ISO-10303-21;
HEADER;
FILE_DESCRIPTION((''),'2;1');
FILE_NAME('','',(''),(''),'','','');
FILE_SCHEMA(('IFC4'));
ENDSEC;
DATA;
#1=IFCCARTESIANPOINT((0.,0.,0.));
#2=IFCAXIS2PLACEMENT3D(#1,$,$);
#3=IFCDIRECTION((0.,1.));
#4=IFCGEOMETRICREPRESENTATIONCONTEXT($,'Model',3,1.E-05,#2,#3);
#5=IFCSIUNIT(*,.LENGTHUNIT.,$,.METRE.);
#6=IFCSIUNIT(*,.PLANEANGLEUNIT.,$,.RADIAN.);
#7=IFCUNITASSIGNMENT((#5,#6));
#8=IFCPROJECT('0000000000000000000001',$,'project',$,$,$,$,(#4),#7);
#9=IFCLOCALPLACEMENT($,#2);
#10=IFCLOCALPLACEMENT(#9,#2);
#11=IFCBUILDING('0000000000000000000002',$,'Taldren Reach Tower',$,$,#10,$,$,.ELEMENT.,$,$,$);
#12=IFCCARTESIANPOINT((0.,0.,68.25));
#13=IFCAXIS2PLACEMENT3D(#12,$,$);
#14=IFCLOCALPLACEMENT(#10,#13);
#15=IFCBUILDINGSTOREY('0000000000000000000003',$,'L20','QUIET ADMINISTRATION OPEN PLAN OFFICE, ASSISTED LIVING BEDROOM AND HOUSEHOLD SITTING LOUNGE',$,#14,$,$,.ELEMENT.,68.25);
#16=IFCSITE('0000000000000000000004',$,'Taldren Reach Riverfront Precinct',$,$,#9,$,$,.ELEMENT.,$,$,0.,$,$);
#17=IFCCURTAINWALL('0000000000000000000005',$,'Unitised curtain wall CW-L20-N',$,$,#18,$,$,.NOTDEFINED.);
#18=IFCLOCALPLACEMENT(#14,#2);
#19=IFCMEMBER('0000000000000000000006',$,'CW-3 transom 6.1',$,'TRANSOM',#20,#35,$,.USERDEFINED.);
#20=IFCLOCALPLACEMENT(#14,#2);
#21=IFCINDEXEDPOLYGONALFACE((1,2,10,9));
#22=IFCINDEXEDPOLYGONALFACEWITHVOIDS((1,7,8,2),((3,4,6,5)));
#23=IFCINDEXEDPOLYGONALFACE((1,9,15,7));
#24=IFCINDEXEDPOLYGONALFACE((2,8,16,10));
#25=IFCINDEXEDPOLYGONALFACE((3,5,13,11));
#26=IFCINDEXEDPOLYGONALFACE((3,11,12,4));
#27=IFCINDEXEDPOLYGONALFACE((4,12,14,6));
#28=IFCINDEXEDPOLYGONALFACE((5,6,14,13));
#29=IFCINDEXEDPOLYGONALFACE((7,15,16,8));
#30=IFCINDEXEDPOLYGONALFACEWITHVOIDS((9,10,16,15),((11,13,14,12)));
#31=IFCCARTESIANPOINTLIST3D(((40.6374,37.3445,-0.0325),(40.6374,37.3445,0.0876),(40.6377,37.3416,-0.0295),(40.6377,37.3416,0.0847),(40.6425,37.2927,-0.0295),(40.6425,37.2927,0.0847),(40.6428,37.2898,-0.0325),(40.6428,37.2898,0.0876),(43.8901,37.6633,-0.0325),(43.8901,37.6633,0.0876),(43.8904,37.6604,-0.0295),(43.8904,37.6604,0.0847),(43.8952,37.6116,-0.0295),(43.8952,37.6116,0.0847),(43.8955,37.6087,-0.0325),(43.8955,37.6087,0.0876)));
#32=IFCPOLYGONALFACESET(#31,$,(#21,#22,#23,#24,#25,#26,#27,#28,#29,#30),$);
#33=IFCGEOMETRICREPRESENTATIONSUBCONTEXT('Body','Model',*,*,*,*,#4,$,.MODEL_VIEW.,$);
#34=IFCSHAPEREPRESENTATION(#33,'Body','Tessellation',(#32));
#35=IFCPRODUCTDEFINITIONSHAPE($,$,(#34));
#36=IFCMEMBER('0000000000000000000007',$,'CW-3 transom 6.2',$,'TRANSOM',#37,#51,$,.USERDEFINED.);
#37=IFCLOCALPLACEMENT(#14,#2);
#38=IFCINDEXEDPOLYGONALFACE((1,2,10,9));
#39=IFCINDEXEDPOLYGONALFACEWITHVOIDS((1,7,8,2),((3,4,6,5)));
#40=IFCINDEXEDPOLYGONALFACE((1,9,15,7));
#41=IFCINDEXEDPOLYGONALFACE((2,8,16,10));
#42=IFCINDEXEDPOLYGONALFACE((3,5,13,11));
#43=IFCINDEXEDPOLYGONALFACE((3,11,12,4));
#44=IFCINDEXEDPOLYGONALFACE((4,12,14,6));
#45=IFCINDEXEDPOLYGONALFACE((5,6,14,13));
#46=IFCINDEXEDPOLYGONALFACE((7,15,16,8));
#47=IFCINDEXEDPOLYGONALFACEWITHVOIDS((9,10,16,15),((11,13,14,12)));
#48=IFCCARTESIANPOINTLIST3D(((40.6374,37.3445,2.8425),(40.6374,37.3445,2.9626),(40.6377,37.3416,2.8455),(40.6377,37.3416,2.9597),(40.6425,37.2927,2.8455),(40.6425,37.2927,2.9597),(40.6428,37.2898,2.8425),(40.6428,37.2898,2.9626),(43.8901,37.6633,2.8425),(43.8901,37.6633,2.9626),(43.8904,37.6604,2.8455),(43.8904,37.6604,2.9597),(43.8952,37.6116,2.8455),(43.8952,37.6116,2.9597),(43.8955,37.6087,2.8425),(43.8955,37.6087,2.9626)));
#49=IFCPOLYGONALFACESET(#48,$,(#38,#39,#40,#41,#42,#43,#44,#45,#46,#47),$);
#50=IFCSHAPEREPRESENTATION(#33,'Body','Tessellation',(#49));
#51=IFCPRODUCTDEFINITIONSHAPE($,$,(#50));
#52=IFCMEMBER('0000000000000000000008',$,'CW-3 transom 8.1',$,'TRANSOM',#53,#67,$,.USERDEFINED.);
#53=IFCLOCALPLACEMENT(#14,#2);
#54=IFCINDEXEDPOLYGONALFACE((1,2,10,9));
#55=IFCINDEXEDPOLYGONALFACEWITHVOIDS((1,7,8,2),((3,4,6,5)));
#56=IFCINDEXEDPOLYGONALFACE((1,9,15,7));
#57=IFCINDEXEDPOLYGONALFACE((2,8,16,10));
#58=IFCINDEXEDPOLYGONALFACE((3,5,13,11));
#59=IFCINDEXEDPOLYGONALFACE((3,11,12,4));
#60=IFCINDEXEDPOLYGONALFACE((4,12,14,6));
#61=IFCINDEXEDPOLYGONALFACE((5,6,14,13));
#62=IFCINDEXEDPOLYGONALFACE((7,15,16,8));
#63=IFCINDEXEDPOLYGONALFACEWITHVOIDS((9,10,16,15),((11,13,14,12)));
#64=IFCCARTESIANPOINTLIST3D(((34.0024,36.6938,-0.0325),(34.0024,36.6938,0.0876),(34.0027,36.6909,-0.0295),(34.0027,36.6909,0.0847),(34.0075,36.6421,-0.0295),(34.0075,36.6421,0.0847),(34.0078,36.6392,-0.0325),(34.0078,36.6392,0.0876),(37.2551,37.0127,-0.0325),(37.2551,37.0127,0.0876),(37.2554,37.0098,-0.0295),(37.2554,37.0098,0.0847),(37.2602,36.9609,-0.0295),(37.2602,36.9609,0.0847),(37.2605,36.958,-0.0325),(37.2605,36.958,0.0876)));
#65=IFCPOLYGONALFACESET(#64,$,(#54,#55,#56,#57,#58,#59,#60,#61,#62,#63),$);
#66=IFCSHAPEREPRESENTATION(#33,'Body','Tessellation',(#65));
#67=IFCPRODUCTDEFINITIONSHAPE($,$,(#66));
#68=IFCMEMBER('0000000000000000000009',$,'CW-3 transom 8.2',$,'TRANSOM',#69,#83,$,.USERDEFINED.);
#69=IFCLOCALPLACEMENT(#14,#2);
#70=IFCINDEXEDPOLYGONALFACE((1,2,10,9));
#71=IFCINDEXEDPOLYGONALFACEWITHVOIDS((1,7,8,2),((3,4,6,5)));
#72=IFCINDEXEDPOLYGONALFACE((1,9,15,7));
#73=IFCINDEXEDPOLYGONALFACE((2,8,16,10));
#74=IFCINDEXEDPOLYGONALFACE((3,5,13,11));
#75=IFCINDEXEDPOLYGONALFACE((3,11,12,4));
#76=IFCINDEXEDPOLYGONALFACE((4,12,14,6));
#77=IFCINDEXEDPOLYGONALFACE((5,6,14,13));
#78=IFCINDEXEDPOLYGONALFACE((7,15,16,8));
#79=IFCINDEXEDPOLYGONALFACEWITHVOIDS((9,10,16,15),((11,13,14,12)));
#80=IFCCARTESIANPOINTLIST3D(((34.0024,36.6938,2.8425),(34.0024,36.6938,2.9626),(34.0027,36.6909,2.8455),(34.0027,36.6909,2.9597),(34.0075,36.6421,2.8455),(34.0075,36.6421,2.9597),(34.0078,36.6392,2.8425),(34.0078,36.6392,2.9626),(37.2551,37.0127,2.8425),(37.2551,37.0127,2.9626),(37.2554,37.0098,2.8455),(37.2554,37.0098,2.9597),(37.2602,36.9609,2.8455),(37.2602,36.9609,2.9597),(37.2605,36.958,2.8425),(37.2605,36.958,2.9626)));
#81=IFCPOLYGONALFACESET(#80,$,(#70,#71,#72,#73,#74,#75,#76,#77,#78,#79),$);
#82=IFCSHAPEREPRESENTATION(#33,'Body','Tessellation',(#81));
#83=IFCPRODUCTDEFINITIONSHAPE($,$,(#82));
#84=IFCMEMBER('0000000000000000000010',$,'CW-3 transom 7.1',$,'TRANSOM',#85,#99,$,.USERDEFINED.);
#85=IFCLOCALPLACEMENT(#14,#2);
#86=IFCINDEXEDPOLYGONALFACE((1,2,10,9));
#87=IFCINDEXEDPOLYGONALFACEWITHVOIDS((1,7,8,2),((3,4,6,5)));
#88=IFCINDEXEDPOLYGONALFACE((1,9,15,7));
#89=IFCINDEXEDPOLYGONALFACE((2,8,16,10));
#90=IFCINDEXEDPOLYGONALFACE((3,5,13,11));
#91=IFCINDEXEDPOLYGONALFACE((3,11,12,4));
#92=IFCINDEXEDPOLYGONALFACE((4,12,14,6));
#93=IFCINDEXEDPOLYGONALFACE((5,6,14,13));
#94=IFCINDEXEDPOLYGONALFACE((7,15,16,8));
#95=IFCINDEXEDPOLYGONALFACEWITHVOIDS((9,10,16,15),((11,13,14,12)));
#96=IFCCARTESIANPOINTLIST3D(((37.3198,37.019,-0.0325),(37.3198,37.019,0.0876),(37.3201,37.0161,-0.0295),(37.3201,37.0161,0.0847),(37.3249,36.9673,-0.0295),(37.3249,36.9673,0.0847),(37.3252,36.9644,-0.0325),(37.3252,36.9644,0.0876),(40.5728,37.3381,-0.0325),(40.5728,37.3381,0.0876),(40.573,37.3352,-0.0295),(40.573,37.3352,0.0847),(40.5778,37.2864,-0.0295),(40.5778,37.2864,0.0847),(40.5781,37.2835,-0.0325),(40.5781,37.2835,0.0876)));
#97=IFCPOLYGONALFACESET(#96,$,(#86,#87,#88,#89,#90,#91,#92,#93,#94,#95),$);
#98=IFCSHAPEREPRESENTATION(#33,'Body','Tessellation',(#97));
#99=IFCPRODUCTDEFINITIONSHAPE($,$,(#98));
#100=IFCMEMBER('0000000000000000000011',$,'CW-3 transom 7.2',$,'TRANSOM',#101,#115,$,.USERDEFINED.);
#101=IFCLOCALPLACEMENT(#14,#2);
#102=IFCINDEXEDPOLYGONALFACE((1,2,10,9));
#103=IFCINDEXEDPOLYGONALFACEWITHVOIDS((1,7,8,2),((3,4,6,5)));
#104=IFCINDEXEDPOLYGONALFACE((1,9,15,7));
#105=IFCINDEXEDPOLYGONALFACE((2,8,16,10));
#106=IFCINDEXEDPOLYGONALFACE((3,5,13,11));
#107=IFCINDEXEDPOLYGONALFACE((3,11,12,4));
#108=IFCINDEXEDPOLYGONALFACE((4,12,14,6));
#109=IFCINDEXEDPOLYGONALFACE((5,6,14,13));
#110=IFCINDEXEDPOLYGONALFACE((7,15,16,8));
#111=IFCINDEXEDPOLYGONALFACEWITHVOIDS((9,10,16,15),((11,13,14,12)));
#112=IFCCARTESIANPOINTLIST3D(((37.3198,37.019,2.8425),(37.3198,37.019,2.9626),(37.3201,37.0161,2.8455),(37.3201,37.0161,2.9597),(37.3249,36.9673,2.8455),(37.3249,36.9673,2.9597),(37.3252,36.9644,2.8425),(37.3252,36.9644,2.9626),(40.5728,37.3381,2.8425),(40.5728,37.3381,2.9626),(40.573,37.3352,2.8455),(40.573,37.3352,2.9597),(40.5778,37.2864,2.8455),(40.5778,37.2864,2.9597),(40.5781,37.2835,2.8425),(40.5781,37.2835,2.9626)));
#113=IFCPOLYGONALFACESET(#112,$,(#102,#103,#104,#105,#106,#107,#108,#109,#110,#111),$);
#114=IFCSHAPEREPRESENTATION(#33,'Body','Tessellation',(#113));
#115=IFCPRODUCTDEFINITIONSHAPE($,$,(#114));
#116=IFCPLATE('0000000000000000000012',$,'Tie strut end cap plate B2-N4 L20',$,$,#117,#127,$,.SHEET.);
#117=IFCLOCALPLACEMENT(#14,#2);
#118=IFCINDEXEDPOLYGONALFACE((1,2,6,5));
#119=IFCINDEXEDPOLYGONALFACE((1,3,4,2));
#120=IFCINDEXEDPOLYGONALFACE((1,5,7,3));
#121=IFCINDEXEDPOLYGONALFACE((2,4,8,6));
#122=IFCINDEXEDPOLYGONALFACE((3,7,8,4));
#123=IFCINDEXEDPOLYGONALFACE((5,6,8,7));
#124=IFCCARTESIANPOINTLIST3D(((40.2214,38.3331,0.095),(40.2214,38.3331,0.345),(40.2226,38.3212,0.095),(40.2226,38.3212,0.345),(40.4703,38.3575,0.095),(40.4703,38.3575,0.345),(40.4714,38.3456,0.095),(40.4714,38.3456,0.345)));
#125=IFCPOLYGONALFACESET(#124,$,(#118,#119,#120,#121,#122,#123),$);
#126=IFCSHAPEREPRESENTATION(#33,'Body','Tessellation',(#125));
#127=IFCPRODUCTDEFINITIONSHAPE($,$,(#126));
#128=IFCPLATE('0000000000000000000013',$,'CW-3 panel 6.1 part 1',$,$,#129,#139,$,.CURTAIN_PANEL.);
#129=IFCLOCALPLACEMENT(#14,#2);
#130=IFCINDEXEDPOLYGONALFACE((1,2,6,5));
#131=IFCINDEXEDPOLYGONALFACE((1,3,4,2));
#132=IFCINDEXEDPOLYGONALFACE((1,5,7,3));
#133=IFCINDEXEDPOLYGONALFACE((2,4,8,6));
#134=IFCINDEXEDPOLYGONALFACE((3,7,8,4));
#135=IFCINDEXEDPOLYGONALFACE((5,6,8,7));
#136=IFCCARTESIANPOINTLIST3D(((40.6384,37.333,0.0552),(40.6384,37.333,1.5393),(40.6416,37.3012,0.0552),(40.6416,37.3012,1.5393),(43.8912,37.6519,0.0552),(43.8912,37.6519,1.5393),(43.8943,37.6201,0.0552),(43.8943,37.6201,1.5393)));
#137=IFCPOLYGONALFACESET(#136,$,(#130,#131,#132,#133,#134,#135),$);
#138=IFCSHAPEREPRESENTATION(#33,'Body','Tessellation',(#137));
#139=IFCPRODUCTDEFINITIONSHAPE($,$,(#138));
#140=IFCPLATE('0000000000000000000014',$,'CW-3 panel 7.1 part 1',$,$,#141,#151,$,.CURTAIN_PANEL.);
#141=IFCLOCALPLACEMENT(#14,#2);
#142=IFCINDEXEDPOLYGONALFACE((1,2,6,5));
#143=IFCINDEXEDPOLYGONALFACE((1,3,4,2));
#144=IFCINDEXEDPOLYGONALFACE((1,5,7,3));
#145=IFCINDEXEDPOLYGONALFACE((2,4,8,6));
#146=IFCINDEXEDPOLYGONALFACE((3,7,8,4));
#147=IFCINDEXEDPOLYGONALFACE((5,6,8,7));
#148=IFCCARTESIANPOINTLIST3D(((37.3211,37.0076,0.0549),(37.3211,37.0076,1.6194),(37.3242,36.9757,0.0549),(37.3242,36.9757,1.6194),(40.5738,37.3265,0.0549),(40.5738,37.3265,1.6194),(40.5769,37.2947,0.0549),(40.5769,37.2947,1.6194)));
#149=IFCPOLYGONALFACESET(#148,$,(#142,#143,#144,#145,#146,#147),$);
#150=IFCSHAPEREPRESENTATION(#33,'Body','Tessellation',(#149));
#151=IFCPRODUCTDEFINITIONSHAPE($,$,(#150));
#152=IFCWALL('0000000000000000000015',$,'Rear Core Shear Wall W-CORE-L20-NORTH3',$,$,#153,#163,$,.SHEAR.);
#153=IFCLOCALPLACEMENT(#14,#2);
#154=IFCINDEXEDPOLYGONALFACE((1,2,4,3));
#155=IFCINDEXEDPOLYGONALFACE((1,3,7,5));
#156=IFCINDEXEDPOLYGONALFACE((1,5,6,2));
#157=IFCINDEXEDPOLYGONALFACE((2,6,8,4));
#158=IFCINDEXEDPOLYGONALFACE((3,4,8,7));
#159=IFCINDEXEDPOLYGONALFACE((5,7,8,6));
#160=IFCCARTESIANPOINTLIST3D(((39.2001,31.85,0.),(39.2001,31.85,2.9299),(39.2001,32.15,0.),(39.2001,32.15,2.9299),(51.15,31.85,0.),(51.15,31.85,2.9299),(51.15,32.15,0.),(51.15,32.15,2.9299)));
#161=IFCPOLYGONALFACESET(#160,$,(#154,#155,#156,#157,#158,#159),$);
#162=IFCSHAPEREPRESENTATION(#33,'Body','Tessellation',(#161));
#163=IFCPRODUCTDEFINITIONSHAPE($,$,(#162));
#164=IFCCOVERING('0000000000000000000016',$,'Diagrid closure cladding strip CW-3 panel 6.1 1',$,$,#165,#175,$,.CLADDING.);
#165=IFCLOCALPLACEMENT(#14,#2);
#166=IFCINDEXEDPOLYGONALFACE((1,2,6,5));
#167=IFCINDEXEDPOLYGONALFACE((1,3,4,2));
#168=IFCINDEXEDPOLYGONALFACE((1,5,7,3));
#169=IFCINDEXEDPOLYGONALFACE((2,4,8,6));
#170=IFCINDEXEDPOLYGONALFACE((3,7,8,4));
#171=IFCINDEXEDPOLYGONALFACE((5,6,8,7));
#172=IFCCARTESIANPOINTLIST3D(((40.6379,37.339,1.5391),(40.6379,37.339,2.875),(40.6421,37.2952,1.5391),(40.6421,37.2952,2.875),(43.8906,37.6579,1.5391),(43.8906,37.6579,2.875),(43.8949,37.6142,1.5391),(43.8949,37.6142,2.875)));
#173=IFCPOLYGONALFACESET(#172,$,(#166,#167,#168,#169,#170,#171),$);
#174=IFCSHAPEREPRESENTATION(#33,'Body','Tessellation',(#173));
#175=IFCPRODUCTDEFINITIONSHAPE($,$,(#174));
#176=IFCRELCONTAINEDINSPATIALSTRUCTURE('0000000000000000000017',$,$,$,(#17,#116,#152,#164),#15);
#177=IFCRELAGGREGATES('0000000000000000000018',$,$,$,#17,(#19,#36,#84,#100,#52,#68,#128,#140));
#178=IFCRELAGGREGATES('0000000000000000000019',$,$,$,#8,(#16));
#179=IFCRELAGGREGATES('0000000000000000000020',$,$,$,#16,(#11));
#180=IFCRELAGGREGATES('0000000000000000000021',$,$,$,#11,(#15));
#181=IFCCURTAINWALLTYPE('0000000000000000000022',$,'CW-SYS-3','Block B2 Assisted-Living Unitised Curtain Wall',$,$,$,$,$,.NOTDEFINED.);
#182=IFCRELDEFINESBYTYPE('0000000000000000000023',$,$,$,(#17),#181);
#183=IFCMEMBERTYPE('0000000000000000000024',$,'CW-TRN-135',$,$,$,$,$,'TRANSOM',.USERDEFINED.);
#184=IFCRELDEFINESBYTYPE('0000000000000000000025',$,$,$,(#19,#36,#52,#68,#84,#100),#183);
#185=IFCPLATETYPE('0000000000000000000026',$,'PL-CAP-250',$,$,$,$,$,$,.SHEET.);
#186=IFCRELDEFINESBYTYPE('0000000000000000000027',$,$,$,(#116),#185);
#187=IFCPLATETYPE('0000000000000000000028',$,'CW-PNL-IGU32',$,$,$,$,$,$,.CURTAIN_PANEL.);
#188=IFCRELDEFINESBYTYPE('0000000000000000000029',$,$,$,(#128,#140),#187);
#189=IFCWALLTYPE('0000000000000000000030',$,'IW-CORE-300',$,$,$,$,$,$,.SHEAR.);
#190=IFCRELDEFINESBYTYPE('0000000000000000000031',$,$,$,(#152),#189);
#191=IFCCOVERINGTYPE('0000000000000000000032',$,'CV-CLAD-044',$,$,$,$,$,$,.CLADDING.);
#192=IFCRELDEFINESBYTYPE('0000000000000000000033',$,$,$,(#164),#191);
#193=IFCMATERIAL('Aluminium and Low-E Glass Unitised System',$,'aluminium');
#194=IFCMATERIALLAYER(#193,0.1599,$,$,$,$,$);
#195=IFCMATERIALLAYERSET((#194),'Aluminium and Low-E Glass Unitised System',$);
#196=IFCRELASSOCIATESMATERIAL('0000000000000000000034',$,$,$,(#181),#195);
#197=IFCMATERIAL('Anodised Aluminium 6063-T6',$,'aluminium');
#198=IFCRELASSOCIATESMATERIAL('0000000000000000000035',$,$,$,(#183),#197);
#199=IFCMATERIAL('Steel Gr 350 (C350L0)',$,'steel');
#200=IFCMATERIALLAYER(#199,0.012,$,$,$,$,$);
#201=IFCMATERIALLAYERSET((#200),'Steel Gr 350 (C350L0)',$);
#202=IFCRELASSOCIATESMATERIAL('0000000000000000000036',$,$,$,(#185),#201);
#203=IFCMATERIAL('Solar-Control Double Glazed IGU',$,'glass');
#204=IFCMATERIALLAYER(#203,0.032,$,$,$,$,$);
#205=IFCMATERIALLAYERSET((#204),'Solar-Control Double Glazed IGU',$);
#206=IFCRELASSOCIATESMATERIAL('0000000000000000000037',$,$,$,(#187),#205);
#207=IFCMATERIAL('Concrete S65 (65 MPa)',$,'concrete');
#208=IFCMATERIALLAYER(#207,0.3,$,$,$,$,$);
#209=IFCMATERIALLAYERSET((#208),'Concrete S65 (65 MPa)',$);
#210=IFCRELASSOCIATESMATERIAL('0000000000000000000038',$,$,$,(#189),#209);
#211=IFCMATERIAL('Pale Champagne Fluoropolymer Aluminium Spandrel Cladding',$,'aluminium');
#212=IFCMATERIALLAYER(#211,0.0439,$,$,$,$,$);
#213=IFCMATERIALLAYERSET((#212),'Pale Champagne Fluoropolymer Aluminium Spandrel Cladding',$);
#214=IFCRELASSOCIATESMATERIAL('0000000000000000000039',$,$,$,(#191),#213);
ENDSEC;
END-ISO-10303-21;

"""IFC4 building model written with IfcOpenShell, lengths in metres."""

from ifc_helpers import new_model, si_unit, direction, frame, frame_2d, origin, origin_2d, place, context, subcontext, project, spatial, rectangle, hollow_rectangle, extrude, source, transform, mapped, material, layer, layer_set, material_profile, profile_set, type_object, element, aggregate, save


model = new_model("IFC4")

# Units and contexts
model_context = context("Model", 3, precision=1e-05, world=origin(), true_north=direction((0.0, 1.0)))
body_context = subcontext(model_context, "Body", "Model", "MODEL_VIEW")
ifc_project = project(units=[si_unit("LENGTHUNIT", "METRE"), si_unit("PLANEANGLEUNIT", "RADIAN")], contexts=[model_context])

# Site, building, storey
site_placement = place(None, origin())
site = spatial("IfcSite", under=ifc_project, at=site_placement, Name="Taldren Reach Riverfront Precinct", CompositionType="ELEMENT", RefElevation=0.0)
building_placement = place(site_placement, origin())
building = spatial("IfcBuilding", under=site, at=building_placement, Name="Taldren Reach Tower", CompositionType="ELEMENT")
storey_placement = place(building_placement, frame((0.0, 0.0, 68.25)))
storey = spatial("IfcBuildingStorey", under=building, at=storey_placement, Name="L20", Description="QUIET ADMINISTRATION OPEN PLAN OFFICE, ASSISTED LIVING BEDROOM AND HOUSEHOLD SITTING LOUNGE", CompositionType="ELEMENT", Elevation=68.25)

# Shared definitions
ifc_material_1 = material(Name="Steel Gr 350 (C350L0)", Category="steel")

# Curtain wall, members
ifc_material_2 = material(Name="Aluminium and Low-E Glass Unitised System", Category="aluminium")
ifc_layer_1 = layer(ifc_material_2, 0.1599)
ifc_layer_set_1 = layer_set([ifc_layer_1], Name="Aluminium and Low-E Glass Unitised System")
curtain_wall_type = type_object("IfcCurtainWallType", Name="CW-SYS-3", Description="Block B2 Assisted-Living Unitised Curtain Wall", PredefinedType="NOTDEFINED", material=ifc_layer_set_1)
curtain_wall_placement = place(storey_placement, origin())
curtain_wall = element("IfcCurtainWall", 1, at=curtain_wall_placement, inside=storey, type_object=curtain_wall_type, Name="Unitised curtain wall CW-L20-N", PredefinedType="NOTDEFINED")
ifc_material_3 = material(Name="Anodised Aluminium 6063-T6", Category="aluminium")
ifc_material_profile_1 = material_profile(ifc_material_3, hollow_rectangle(XDim=0.0549, YDim=0.1201, WallThickness=0.0029, at=origin_2d()), Name="ALU-120x55x3RHS")
ifc_profile_set_1 = profile_set([ifc_material_profile_1], Name="Anodised Aluminium 6063-T6")
member_type_1 = type_object("IfcMemberType", Name="CW-TRN-135", ElementType="TRANSOM", PredefinedType="USERDEFINED", material=ifc_profile_set_1)
shared_shape_1 = source(origin(), body_context, "Body", "SweptSolid", [
    extrude(hollow_rectangle(XDim=0.0549, YDim=0.1201, WallThickness=0.0029, at=origin_2d()), origin(), (0.0, 0.0, 1.0), 3.2683),
])
member_1_placement = place(storey_placement, frame((43.8928, 37.636, 0.0276), z_axis=(-0.99523, -0.097558, 0.0), x_axis=(0.097558, -0.99523, 0.0)))
member_1 = element("IfcMember", 2, at=member_1_placement, type_object=member_type_1, Name="CW-3 transom 6.1", ObjectType="TRANSOM", PredefinedType="USERDEFINED", context=body_context, shape_type="MappedRepresentation", body=[
    mapped(shared_shape_1, transform((0.0, 0.0, 0.0), scale=1.0)),
])
member_2_placement = place(storey_placement, frame((43.8928, 37.636, 2.9026), z_axis=(-0.99523, -0.097558, 0.0), x_axis=(0.097558, -0.99523, 0.0)))
member_2 = element("IfcMember", 3, at=member_2_placement, type_object=member_type_1, Name="CW-3 transom 6.2", ObjectType="TRANSOM", PredefinedType="USERDEFINED", context=body_context, shape_type="MappedRepresentation", body=[
    mapped(shared_shape_1, transform((0.0, 0.0, 0.0), scale=1.0)),
])
member_3_placement = place(storey_placement, frame((37.2578, 36.9854, 0.0276), z_axis=(-0.99523, -0.097558, 0.0), x_axis=(0.097558, -0.99523, 0.0)))
member_3 = element("IfcMember", 4, at=member_3_placement, type_object=member_type_1, Name="CW-3 transom 8.1", ObjectType="TRANSOM", PredefinedType="USERDEFINED", context=body_context, shape_type="MappedRepresentation", body=[
    mapped(shared_shape_1, transform((0.0, 0.0, 0.0), scale=1.0)),
])
member_4_placement = place(storey_placement, frame((37.2578, 36.9854, 2.9026), z_axis=(-0.99523, -0.097558, 0.0), x_axis=(0.097558, -0.99523, 0.0)))
member_4 = element("IfcMember", 5, at=member_4_placement, type_object=member_type_1, Name="CW-3 transom 8.2", ObjectType="TRANSOM", PredefinedType="USERDEFINED", context=body_context, shape_type="MappedRepresentation", body=[
    mapped(shared_shape_1, transform((0.0, 0.0, 0.0), scale=1.0)),
])
shared_shape_2 = source(origin(), body_context, "Body", "SweptSolid", [
    extrude(hollow_rectangle(XDim=0.0549, YDim=0.1201, WallThickness=0.0029, at=origin_2d()), origin(), (0.0, 0.0, 1.0), 3.2686),
])
member_5_placement = place(storey_placement, frame((40.5754, 37.3108, 0.0276), z_axis=(-0.995223, -0.097625, 0.0), x_axis=(0.097625, -0.995223, 0.0)))
member_5 = element("IfcMember", 6, at=member_5_placement, type_object=member_type_1, Name="CW-3 transom 7.1", ObjectType="TRANSOM", PredefinedType="USERDEFINED", context=body_context, shape_type="MappedRepresentation", body=[
    mapped(shared_shape_2, transform((0.0, 0.0, 0.0), scale=1.0)),
])
member_6_placement = place(storey_placement, frame((40.5754, 37.3108, 2.9026), z_axis=(-0.995223, -0.097625, 0.0), x_axis=(0.097625, -0.995223, 0.0)))
member_6 = element("IfcMember", 7, at=member_6_placement, type_object=member_type_1, Name="CW-3 transom 7.2", ObjectType="TRANSOM", PredefinedType="USERDEFINED", context=body_context, shape_type="MappedRepresentation", body=[
    mapped(shared_shape_2, transform((0.0, 0.0, 0.0), scale=1.0)),
])

# Plates
ifc_layer_2 = layer(ifc_material_1, 0.012)
ifc_layer_set_2 = layer_set([ifc_layer_2], Name="Steel Gr 350 (C350L0)")
plate_type_1 = type_object("IfcPlateType", Name="PL-CAP-250", PredefinedType="SHEET", material=ifc_layer_set_2)
shared_shape_3 = source(origin(), body_context, "Body", "SweptSolid", [
    extrude(rectangle(XDim=0.25, YDim=0.012, at=origin_2d()), origin(), (0.0, 0.0, 1.0), 0.25),
])
plate_1_placement = place(storey_placement, frame((40.3464, 38.3394, 0.095), z_axis=(0.0, 0.0, 1.0), x_axis=(0.995227, 0.097583, 0.0)))
element("IfcPlate", 8, at=plate_1_placement, inside=storey, type_object=plate_type_1, Name="Tie strut end cap plate B2-N4 L20", PredefinedType="SHEET", context=body_context, shape_type="MappedRepresentation", body=[
    mapped(shared_shape_3, transform((0.0, 0.0, 0.0), scale=1.0)),
])
ifc_material_4 = material(Name="Solar-Control Double Glazed IGU", Category="glass")
ifc_layer_3 = layer(ifc_material_4, 0.032)
ifc_layer_set_3 = layer_set([ifc_layer_3], Name="Solar-Control Double Glazed IGU")
plate_type_2 = type_object("IfcPlateType", Name="CW-PNL-IGU32", PredefinedType="CURTAIN_PANEL", material=ifc_layer_set_3)
shared_shape_4 = source(origin(), body_context, "Body", "SweptSolid", [
    extrude(rectangle(XDim=3.2683, YDim=0.032, at=origin_2d()), origin(), (0.0, 0.0, 1.0), 1.4841),
])
plate_2_placement = place(storey_placement, frame((42.2664, 37.4766, 0.0552), z_axis=(0.0, 0.0, 1.0), x_axis=(-0.995227, -0.097583, 0.0)))
plate_2 = element("IfcPlate", 9, at=plate_2_placement, type_object=plate_type_2, Name="CW-3 panel 6.1 part 1", PredefinedType="CURTAIN_PANEL", context=body_context, shape_type="MappedRepresentation", body=[
    mapped(shared_shape_4, transform((0.0, 0.0, 0.0), scale=1.0)),
])
shared_shape_5 = source(origin(), body_context, "Body", "SweptSolid", [
    extrude(rectangle(XDim=3.2683, YDim=0.032, at=origin_2d()), origin(), (0.0, 0.0, 1.0), 1.5645),
])
plate_3_placement = place(storey_placement, frame((38.949, 37.1511, 0.0549), z_axis=(0.0, 0.0, 1.0), x_axis=(-0.995227, -0.097583, 0.0)))
plate_3 = element("IfcPlate", 10, at=plate_3_placement, type_object=plate_type_2, Name="CW-3 panel 7.1 part 1", PredefinedType="CURTAIN_PANEL", context=body_context, shape_type="MappedRepresentation", body=[
    mapped(shared_shape_5, transform((0.0, 0.0, 0.0), scale=1.0)),
])
aggregate(curtain_wall, [member_1, member_2, member_5, member_6, member_3, member_4, plate_2, plate_3])

# Wall
ifc_material_5 = material(Name="Concrete S65 (65 MPa)", Category="concrete")
ifc_layer_4 = layer(ifc_material_5, 0.3)
ifc_layer_set_4 = layer_set([ifc_layer_4], Name="Concrete S65 (65 MPa)")
wall_type = type_object("IfcWallType", Name="IW-CORE-300", PredefinedType="SHEAR", material=ifc_layer_set_4)
shared_shape_6 = source(origin(), body_context, "Body", "SweptSolid", [
    extrude(rectangle(XDim=11.95, YDim=0.3, at=frame_2d((5.9751, 0.0))), origin(), (0.0, 0.0, 1.0), 2.9299),
])
wall_placement = place(storey_placement, frame((39.2, 32.0, 0.0), z_axis=(0.0, 0.0, 1.0), x_axis=(1.0, 0.0, 0.0)))
element("IfcWall", 11, at=wall_placement, inside=storey, type_object=wall_type, Name="Rear Core Shear Wall W-CORE-L20-NORTH3", PredefinedType="SHEAR", context=body_context, shape_type="MappedRepresentation", body=[
    mapped(shared_shape_6, transform((0.0, 0.0, 0.0), scale=1.0)),
])

# Covering
ifc_material_6 = material(Name="Pale Champagne Fluoropolymer Aluminium Spandrel Cladding", Category="aluminium")
ifc_layer_5 = layer(ifc_material_6, 0.0439)
ifc_layer_set_5 = layer_set([ifc_layer_5], Name="Pale Champagne Fluoropolymer Aluminium Spandrel Cladding")
covering_type = type_object("IfcCoveringType", Name="CV-CLAD-044", PredefinedType="CLADDING", material=ifc_layer_set_5)
shared_shape_7 = source(origin(), body_context, "Body", "SweptSolid", [
    extrude(rectangle(XDim=3.2683, YDim=0.0439, at=origin_2d()), origin(), (0.0, 0.0, 1.0), 1.3359),
])
covering_1_placement = place(storey_placement, frame((42.2664, 37.4766, 1.5391), z_axis=(0.0, 0.0, 1.0), x_axis=(-0.995227, -0.097583, 0.0)))
element("IfcCovering", 12, at=covering_1_placement, inside=storey, type_object=covering_type, Name="Diagrid closure cladding strip CW-3 panel 6.1 1", PredefinedType="CLADDING", context=body_context, shape_type="MappedRepresentation", body=[
    mapped(shared_shape_7, transform((0.0, 0.0, 0.0), scale=1.0)),
])

save(model, "model.ifc")
